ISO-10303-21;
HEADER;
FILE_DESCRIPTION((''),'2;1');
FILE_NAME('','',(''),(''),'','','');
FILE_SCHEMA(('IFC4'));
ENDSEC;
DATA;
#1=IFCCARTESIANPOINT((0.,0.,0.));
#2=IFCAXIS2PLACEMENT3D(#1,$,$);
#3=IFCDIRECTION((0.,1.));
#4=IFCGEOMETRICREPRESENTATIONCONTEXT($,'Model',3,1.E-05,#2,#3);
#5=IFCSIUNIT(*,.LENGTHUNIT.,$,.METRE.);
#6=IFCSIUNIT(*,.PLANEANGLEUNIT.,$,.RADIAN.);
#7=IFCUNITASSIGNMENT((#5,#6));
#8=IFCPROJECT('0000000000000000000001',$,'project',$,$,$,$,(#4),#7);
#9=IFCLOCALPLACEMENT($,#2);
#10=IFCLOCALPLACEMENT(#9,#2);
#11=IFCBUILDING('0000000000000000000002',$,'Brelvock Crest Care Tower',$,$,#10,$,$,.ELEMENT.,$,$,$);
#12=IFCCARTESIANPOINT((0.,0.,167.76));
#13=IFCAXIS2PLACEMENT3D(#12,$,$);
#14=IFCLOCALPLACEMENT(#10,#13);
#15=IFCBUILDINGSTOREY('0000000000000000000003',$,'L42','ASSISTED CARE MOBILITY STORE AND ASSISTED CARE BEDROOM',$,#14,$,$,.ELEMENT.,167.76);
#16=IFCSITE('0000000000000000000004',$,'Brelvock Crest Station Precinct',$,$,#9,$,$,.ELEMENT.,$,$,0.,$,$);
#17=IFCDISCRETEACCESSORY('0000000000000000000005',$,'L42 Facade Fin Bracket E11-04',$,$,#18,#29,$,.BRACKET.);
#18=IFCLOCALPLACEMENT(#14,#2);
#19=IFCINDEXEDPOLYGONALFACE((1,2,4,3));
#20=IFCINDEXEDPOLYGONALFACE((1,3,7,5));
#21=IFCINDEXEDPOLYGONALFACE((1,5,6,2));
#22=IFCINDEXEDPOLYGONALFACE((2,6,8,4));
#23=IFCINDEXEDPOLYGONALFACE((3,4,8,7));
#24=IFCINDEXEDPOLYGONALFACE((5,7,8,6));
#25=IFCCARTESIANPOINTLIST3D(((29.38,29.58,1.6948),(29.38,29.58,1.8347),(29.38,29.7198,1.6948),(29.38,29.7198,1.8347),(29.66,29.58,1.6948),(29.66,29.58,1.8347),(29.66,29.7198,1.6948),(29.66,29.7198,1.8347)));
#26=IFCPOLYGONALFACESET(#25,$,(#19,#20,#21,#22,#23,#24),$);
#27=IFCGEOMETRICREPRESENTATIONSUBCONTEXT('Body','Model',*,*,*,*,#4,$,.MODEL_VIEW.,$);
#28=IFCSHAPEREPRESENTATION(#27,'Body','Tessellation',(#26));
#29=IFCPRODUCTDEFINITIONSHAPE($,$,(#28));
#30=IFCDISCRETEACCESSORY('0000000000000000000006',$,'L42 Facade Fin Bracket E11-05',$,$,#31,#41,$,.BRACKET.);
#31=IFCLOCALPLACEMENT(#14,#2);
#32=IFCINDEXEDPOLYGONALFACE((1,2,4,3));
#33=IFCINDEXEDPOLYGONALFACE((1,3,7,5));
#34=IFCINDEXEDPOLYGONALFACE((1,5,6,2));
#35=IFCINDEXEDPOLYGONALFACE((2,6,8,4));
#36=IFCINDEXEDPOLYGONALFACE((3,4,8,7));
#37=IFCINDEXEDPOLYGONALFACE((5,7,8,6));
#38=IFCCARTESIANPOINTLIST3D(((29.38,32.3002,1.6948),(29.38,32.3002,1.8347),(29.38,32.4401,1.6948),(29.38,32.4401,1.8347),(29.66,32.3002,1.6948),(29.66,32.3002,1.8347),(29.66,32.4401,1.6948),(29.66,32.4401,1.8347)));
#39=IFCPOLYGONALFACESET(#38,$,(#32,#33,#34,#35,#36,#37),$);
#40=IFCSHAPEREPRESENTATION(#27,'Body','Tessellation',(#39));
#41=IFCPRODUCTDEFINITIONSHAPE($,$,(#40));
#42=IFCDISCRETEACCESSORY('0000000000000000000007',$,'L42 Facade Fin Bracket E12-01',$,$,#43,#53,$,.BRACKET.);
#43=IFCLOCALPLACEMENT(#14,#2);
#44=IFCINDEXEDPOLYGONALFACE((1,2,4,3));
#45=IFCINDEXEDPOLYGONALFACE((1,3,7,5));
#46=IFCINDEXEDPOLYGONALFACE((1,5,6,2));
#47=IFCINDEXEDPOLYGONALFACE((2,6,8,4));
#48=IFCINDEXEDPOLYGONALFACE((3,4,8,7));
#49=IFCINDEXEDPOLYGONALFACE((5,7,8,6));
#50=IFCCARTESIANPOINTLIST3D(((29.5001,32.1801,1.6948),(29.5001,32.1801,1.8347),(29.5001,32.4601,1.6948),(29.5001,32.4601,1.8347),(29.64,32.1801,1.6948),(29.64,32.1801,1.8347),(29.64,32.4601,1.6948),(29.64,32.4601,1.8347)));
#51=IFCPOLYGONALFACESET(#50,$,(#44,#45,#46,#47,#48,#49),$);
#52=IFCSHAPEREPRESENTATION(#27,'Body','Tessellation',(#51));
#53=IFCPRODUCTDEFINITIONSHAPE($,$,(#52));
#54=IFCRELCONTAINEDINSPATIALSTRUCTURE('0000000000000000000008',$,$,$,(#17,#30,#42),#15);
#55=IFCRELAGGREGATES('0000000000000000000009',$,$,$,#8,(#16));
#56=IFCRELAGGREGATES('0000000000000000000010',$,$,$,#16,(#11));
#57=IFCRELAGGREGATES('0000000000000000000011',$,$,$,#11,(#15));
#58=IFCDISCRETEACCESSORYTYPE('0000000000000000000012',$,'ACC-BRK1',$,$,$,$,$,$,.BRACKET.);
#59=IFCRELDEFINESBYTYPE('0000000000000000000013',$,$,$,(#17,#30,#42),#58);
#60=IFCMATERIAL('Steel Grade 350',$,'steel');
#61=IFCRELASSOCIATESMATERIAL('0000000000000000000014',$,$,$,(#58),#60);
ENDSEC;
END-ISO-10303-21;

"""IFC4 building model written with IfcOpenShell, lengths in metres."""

from ifc_helpers import new_model, si_unit, direction, frame, origin, origin_2d, place, context, subcontext, project, spatial, rectangle, extrude, source, transform, mapped, material, type_object, element, save


model = new_model("IFC4")

# Units and contexts
model_context = context("Model", 3, precision=1e-05, world=origin(), true_north=direction((0.0, 1.0)))
body_context = subcontext(model_context, "Body", "Model", "MODEL_VIEW")
ifc_project = project(units=[si_unit("LENGTHUNIT", "METRE"), si_unit("PLANEANGLEUNIT", "RADIAN")], contexts=[model_context])

# Site, building, storey
site_placement = place(None, origin())
site = spatial("IfcSite", under=ifc_project, at=site_placement, Name="Brelvock Crest Station Precinct", CompositionType="ELEMENT", RefElevation=0.0)
building_placement = place(site_placement, origin())
building = spatial("IfcBuilding", under=site, at=building_placement, Name="Brelvock Crest Care Tower", CompositionType="ELEMENT")
storey_placement = place(building_placement, frame((0.0, 0.0, 167.76)))
storey = spatial("IfcBuildingStorey", under=building, at=storey_placement, Name="L42", Description="ASSISTED CARE MOBILITY STORE AND ASSISTED CARE BEDROOM", CompositionType="ELEMENT", Elevation=167.76)

# Shared definitions
ifc_material_1 = material(Name="Steel Grade 350", Category="steel")

# Discrete accessories
discrete_accessory_type = type_object("IfcDiscreteAccessoryType", Name="ACC-BRK1", PredefinedType="BRACKET", material=ifc_material_1)
shared_shape_1 = source(origin(), body_context, "Body", "SweptSolid", [
    extrude(rectangle(XDim=0.28, YDim=0.1399, at=origin_2d()), origin(), (0.0, 0.0, 1.0), 0.1399),
])
for number, where, z_axis, x_axis, name in (
    (1, (29.52, 29.6499, 1.6948), (0.0, 0.0, 1.0), (-1.0, 0.0, 0.0), "L42 Facade Fin Bracket E11-04"),
    (2, (29.52, 32.3701, 1.6948), (0.0, 0.0, 1.0), (-1.0, 0.0, 0.0), "L42 Facade Fin Bracket E11-05"),
    (3, (29.5701, 32.3201, 1.6948), (0.0, 0.0, 1.0), (0.0, -1.0, 0.0), "L42 Facade Fin Bracket E12-01"),
):
    element("IfcDiscreteAccessory", number, at=place(storey_placement, frame(where, z_axis=z_axis, x_axis=x_axis)), inside=storey, type_object=discrete_accessory_type, Name=name, PredefinedType="BRACKET", context=body_context, shape_type="MappedRepresentation", body=[
        mapped(shared_shape_1, transform((0.0, 0.0, 0.0), x_axis=(1.0, 0.0, 0.0), y_axis=(0.0, 1.0, 0.0), z_axis=(0.0, 0.0, 1.0), scale=1.0)),
    ])

save(model, "model.ifc")
